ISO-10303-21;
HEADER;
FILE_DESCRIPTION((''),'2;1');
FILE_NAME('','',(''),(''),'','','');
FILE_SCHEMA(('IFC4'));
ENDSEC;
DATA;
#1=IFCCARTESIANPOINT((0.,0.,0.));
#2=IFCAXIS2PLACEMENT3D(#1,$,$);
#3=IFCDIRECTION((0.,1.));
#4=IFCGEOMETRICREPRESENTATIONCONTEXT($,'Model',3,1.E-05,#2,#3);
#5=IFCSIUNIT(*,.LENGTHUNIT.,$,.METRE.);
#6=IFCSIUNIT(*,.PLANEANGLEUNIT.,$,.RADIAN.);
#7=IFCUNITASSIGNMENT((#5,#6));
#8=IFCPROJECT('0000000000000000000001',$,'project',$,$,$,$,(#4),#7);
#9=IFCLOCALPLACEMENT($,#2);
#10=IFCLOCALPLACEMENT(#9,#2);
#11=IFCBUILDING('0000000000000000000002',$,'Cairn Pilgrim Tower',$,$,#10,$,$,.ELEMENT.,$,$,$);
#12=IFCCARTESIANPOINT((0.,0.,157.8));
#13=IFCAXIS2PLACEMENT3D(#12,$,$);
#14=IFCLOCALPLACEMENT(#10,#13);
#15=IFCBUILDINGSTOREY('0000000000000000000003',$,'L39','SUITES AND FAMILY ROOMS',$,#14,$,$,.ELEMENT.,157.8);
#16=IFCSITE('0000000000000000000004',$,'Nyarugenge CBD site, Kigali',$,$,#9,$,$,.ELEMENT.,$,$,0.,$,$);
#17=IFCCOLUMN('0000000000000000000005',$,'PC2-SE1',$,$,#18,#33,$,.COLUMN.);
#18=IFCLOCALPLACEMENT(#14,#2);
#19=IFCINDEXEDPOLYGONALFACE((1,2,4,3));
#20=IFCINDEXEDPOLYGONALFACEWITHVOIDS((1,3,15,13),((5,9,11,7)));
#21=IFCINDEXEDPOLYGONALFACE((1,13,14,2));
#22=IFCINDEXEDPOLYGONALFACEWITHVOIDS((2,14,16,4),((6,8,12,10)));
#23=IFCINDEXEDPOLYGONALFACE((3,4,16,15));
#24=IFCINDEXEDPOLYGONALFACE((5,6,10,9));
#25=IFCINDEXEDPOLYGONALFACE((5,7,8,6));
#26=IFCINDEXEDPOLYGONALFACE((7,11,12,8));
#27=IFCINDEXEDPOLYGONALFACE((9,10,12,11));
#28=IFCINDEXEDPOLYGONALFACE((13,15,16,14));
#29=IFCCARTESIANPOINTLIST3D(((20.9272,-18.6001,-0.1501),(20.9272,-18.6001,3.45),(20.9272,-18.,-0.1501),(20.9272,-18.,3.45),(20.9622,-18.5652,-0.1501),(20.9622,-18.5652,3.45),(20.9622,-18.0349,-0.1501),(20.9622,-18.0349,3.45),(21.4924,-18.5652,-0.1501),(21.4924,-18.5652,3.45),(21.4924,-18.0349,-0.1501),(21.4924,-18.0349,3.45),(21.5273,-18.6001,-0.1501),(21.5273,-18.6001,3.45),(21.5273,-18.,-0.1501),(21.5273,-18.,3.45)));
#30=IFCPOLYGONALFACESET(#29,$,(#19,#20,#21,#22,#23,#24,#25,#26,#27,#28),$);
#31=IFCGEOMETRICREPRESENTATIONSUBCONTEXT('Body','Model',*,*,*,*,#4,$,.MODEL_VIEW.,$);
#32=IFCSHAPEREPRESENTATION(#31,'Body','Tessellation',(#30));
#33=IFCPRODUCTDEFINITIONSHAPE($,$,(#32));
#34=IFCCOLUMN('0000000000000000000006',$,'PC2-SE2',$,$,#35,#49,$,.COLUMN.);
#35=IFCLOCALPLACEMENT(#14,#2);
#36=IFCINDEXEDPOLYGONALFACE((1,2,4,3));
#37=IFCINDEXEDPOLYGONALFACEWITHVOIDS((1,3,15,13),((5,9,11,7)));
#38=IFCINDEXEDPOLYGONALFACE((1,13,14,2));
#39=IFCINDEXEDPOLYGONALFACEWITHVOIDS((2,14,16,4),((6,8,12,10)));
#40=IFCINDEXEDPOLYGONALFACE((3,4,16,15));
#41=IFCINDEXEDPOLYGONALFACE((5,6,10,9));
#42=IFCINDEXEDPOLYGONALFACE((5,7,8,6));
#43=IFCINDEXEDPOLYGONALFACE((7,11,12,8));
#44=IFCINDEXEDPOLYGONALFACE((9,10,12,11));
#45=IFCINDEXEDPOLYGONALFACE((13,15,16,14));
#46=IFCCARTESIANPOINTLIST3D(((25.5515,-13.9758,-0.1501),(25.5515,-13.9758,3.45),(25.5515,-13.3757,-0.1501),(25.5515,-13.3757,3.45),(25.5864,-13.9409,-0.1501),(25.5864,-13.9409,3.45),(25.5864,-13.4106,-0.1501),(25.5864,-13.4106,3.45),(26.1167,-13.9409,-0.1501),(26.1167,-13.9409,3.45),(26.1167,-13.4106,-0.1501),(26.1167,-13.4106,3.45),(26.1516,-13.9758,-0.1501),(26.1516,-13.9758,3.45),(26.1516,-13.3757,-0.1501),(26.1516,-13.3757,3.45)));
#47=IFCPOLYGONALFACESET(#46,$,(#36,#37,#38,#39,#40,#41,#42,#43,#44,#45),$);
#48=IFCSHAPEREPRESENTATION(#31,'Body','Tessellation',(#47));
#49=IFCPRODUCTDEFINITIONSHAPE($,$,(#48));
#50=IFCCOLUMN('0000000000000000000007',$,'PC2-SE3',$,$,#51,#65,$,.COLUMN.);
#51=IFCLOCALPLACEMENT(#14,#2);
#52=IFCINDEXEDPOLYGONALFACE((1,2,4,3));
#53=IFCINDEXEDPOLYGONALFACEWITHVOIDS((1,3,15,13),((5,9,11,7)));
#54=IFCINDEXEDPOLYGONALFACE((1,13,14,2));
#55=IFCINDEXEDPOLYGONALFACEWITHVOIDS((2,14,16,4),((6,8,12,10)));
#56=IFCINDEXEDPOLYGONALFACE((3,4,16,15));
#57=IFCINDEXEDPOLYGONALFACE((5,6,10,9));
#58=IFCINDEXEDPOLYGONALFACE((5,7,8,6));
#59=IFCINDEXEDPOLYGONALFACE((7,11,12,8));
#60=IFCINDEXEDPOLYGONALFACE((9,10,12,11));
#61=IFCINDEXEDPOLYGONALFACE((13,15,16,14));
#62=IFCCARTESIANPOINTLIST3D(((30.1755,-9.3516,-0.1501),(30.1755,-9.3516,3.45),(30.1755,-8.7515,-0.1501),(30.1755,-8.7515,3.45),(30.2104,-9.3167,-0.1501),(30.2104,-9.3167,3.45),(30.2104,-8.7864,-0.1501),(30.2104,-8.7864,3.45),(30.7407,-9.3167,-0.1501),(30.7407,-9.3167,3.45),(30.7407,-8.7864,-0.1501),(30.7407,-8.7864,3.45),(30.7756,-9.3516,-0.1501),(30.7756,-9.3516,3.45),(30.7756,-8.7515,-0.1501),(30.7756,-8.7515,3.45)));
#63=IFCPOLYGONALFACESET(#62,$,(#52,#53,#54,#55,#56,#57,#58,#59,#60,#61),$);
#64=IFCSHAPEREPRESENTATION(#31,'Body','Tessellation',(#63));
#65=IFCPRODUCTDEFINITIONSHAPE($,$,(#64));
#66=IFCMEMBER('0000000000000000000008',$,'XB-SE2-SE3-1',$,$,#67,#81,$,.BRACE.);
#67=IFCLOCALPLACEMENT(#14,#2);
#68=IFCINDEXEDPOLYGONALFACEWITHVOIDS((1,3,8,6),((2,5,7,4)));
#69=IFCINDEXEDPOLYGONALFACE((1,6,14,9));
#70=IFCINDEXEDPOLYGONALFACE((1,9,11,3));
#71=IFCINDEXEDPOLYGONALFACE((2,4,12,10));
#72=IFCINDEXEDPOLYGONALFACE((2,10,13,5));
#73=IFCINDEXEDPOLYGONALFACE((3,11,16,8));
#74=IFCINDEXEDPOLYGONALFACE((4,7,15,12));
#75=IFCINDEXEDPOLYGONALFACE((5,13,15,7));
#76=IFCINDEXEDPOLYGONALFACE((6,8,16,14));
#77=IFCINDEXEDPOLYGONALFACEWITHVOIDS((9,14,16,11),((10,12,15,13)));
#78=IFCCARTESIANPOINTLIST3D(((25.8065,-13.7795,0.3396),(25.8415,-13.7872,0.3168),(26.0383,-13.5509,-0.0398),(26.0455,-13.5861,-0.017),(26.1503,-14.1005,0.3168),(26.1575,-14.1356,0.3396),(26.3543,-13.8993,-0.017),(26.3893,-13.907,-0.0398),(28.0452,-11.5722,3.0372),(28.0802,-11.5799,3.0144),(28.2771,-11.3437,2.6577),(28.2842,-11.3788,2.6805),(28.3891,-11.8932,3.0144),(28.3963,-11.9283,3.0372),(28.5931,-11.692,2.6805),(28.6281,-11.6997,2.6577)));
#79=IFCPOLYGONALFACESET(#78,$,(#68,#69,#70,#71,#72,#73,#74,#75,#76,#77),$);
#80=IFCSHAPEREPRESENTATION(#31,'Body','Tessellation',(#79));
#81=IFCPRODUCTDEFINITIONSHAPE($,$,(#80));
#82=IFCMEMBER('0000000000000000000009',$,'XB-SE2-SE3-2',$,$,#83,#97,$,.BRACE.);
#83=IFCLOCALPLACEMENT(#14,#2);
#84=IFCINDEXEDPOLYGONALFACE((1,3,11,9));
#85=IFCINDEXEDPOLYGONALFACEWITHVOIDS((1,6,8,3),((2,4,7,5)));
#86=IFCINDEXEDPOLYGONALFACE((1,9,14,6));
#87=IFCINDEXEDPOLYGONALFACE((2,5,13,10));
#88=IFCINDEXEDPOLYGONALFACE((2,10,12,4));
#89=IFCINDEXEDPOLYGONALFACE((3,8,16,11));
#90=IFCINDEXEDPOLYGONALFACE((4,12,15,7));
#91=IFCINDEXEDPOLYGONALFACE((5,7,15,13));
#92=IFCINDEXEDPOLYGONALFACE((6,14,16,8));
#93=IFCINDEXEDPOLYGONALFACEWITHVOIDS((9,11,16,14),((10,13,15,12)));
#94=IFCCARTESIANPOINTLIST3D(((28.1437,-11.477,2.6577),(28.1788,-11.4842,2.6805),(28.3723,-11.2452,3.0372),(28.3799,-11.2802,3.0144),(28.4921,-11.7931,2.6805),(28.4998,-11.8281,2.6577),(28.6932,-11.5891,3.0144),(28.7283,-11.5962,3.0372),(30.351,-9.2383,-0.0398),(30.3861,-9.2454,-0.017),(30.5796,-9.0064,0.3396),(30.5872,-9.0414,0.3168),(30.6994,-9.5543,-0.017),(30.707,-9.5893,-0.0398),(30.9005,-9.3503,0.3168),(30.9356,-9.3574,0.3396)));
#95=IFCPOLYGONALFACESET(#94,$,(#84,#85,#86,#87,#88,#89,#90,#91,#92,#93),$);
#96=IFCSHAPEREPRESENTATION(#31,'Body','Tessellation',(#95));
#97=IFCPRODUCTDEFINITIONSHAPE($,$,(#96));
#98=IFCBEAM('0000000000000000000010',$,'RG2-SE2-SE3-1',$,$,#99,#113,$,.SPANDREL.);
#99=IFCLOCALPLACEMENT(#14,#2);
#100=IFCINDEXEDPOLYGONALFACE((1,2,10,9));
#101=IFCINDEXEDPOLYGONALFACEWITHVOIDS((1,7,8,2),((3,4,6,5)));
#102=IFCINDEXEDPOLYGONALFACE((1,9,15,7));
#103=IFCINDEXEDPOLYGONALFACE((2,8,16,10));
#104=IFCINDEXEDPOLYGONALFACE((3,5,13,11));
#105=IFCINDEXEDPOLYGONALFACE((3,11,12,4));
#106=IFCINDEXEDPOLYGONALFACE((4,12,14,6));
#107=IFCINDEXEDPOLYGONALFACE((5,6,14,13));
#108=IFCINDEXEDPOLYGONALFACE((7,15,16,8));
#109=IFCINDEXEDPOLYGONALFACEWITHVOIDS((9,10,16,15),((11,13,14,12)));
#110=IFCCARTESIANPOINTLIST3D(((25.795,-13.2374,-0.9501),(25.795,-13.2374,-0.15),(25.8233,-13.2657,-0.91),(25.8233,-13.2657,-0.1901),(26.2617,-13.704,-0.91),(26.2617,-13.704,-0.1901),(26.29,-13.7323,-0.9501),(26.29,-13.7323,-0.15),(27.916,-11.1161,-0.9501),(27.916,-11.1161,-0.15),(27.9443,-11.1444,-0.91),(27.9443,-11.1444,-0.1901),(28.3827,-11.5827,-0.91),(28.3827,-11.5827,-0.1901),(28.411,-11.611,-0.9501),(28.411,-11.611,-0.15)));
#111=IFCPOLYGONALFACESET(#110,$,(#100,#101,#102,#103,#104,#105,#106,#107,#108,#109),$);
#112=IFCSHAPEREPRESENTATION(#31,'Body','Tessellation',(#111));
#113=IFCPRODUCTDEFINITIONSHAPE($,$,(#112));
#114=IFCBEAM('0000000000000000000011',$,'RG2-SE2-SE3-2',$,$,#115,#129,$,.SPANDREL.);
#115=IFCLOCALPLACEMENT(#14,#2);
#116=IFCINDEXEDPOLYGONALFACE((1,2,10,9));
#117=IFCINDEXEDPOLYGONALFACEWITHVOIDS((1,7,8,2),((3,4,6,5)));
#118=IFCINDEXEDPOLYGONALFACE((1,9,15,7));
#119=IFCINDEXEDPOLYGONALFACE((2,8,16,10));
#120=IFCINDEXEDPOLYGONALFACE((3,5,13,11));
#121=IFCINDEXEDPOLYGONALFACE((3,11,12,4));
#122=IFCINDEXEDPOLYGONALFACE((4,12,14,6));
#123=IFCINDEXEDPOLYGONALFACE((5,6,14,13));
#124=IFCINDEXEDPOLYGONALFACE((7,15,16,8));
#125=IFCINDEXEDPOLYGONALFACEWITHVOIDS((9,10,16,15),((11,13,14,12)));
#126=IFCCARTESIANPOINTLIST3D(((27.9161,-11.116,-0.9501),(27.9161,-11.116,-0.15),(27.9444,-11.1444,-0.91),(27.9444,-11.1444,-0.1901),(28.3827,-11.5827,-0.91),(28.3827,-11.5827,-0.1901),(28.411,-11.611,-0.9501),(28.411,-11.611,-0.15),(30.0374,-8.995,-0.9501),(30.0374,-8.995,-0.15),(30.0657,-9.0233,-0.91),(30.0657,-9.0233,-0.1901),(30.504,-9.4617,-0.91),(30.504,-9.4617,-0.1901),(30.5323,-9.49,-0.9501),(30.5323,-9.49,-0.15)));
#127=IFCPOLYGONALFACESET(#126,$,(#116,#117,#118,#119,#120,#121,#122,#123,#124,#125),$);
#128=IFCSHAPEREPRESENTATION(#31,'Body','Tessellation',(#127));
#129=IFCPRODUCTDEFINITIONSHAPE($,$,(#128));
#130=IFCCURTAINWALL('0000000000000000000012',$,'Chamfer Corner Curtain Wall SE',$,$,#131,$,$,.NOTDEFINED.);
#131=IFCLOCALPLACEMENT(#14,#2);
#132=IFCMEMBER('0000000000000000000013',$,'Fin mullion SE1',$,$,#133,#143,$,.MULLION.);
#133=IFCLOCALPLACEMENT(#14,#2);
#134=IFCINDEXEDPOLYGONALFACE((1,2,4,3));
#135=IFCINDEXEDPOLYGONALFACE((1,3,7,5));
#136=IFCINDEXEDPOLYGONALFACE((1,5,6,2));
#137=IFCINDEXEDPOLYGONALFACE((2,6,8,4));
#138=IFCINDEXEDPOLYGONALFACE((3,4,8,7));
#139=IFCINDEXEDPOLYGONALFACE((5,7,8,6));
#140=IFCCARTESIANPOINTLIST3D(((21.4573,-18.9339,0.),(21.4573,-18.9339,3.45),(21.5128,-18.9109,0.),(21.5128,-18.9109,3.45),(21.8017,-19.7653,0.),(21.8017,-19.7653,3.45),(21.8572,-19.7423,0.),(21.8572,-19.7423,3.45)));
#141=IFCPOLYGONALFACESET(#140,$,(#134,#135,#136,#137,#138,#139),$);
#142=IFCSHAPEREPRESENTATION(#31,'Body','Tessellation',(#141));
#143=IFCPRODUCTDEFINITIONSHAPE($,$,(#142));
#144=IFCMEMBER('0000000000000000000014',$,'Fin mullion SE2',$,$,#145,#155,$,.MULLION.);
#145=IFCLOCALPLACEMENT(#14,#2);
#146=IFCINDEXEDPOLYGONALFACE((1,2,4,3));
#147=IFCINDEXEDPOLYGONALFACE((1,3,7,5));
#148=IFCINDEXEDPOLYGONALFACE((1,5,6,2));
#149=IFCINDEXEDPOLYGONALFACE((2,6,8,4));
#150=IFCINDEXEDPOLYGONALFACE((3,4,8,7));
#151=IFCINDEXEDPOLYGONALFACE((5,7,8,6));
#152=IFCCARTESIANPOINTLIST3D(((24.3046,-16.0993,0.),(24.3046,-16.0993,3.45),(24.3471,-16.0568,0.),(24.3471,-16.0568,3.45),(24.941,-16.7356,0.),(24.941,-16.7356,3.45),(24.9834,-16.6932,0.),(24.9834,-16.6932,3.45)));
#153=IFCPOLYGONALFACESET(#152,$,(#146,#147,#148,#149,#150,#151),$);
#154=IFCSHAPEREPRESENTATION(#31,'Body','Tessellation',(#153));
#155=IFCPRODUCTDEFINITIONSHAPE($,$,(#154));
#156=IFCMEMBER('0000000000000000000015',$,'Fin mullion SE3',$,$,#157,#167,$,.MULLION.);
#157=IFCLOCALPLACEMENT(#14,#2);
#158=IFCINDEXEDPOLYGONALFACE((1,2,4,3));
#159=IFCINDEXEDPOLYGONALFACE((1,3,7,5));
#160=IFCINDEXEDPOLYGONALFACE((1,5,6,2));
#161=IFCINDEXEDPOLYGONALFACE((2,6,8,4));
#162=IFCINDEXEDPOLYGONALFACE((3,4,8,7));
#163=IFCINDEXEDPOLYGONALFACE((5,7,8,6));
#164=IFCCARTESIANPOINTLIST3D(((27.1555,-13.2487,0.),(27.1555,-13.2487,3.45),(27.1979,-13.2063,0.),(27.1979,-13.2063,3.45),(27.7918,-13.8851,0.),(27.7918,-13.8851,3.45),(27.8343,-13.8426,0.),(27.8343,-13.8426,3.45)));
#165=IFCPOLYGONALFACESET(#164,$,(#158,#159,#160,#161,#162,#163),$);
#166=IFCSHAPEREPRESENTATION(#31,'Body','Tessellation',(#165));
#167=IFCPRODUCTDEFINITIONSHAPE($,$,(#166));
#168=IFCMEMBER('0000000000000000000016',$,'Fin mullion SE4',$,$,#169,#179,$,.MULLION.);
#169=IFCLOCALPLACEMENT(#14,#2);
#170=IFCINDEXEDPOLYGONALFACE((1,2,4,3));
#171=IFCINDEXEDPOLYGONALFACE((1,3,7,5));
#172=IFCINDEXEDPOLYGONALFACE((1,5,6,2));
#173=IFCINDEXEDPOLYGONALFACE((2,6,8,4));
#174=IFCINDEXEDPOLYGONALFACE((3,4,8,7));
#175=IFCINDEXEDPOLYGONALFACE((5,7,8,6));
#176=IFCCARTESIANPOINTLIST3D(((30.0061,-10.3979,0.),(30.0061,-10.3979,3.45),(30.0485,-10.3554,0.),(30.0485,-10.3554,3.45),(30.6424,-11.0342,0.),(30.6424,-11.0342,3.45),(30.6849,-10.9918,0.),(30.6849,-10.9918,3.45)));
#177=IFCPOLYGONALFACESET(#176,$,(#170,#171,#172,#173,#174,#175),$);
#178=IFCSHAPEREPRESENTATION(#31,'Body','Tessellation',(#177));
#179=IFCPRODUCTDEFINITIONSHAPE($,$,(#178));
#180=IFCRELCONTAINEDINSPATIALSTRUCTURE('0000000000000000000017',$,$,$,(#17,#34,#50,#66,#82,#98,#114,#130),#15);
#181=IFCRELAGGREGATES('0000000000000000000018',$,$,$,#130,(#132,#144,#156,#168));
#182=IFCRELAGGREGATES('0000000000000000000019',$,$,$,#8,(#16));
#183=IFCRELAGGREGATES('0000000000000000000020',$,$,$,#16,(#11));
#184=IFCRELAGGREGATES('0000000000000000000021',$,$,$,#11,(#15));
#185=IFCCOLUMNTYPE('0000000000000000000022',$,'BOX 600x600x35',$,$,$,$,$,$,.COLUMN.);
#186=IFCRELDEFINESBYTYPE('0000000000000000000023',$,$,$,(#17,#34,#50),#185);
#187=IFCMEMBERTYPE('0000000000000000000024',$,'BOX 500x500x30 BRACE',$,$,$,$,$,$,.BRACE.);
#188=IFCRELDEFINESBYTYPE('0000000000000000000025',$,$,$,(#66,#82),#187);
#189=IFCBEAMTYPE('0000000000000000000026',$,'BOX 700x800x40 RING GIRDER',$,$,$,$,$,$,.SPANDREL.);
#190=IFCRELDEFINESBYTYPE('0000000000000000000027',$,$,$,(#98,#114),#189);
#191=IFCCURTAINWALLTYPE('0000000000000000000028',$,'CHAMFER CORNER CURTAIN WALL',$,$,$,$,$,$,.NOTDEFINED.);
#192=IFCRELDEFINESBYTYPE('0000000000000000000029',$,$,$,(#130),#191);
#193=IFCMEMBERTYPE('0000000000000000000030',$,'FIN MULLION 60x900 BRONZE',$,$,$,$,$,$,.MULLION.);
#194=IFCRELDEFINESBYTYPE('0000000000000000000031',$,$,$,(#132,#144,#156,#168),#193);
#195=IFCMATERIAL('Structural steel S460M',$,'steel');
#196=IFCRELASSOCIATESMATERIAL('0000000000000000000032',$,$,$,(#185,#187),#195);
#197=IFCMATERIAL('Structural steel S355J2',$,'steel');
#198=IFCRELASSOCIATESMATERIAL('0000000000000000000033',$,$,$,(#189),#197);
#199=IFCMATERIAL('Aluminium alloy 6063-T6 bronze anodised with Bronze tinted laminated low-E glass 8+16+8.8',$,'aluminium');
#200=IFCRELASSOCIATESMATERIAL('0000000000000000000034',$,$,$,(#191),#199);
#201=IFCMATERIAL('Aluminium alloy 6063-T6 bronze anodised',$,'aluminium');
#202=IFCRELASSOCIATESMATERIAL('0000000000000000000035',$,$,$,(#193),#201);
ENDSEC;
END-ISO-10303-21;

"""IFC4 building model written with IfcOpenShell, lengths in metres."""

from ifc_helpers import new_model, si_unit, direction, frame, origin, origin_2d, place, context, subcontext, project, spatial, rectangle, hollow_rectangle, extrude, material, material_profile, profile_set, type_object, element, aggregate, save


model = new_model("IFC4")

# Units and contexts
model_context = context("Model", 3, precision=1e-05, world=origin(), true_north=direction((0.0, 1.0)))
body_context = subcontext(model_context, "Body", "Model", "MODEL_VIEW")
ifc_project = project(units=[si_unit("LENGTHUNIT", "METRE"), si_unit("PLANEANGLEUNIT", "RADIAN")], contexts=[model_context])

# Site, building, storey
site_placement = place(None, origin())
site = spatial("IfcSite", under=ifc_project, at=site_placement, Name="Nyarugenge CBD site, Kigali", CompositionType="ELEMENT", RefElevation=0.0)
building_placement = place(site_placement, origin())
building = spatial("IfcBuilding", under=site, at=building_placement, Name="Cairn Pilgrim Tower", CompositionType="ELEMENT")
storey_placement = place(building_placement, frame((0.0, 0.0, 157.8)))
storey = spatial("IfcBuildingStorey", under=building, at=storey_placement, Name="L39", Description="SUITES AND FAMILY ROOMS", CompositionType="ELEMENT", Elevation=157.8)

# Columns
ifc_material_1 = material(Name="Structural steel S460M", Category="steel")
ifc_material_profile_1 = material_profile(ifc_material_1, hollow_rectangle(XDim=0.6001, YDim=0.6001, WallThickness=0.0349, at=origin_2d()), Name="BOX 600x600x35")
ifc_profile_set_1 = profile_set([ifc_material_profile_1], Name="Structural steel S460M")
column_type = type_object("IfcColumnType", Name="BOX 600x600x35", PredefinedType="COLUMN", material=ifc_profile_set_1)
for number, where, z_axis, x_axis, name in (
    (1, (21.2273, -18.3, -0.1501), (0.0, 0.0, 1.0), (1.0, 0.0, 0.0), "PC2-SE1"),
    (2, (25.8516, -13.6758, -0.1501), (0.0, 0.0, 1.0), (1.0, 0.0, 0.0), "PC2-SE2"),
    (3, (30.4756, -9.0515, -0.1501), (0.0, 0.0, 1.0), (1.0, 0.0, 0.0), "PC2-SE3"),
):
    element("IfcColumn", number, at=place(storey_placement, frame(where, z_axis=z_axis, x_axis=x_axis)), inside=storey, type_object=column_type, Name=name, PredefinedType="COLUMN", context=body_context, shape_type="SweptSolid", body=[
        extrude(hollow_rectangle(XDim=0.6001, YDim=0.6001, WallThickness=0.0349, at=origin_2d()), origin(), (0.0, 0.0, 1.0), 3.6001),
    ])

# Members
ifc_material_profile_2 = material_profile(ifc_material_1, hollow_rectangle(XDim=0.5, YDim=0.5, WallThickness=0.03, at=origin_2d()), Name="BOX 500x500x30")
ifc_profile_set_2 = profile_set([ifc_material_profile_2], Name="Structural steel S460M")
member_type_1 = type_object("IfcMemberType", Name="BOX 500x500x30 BRACE", PredefinedType="BRACE", material=ifc_profile_set_2)
for number, where, z_axis, x_axis, name in (
    (4, (26.0979, -13.8433, 0.1499), (0.540433, 0.53283, 0.651171), (-0.70208, 0.712098, 0.0), "XB-SE2-SE3-1"),
    (5, (30.6433, -9.2979, 0.1499), (-0.53283, -0.540433, 0.651171), (0.712098, -0.70208, 0.0), "XB-SE2-SE3-2"),
):
    element("IfcMember", number, at=place(storey_placement, frame(where, z_axis=z_axis, x_axis=x_axis)), inside=storey, type_object=member_type_1, Name=name, PredefinedType="BRACE", context=body_context, shape_type="SweptSolid", body=[
        extrude(hollow_rectangle(XDim=0.5, YDim=0.5, WallThickness=0.03, at=origin_2d()), origin(), (0.0, 0.0, 1.0), 4.1426),
    ])

# Beams
ifc_material_2 = material(Name="Structural steel S355J2", Category="steel")
ifc_material_profile_3 = material_profile(ifc_material_2, hollow_rectangle(XDim=0.7, YDim=0.8, WallThickness=0.04, at=origin_2d()), Name="BOX 700x800x40")
ifc_profile_set_3 = profile_set([ifc_material_profile_3], Name="Structural steel S355J2")
beam_type_1 = type_object("IfcBeamType", Name="BOX 700x800x40 RING GIRDER", PredefinedType="SPANDREL", material=ifc_profile_set_3)
for number, where, z_axis, x_axis, name in (
    (6, (26.0425, -13.4849, -0.55), (0.707066, 0.707147, 0.0), (-0.707147, 0.707066, 0.0), "RG2-SE2-SE3-1"),
    (7, (28.1636, -11.3635, -0.55), (0.707147, 0.707066, 0.0), (-0.707066, 0.707147, 0.0), "RG2-SE2-SE3-2"),
):
    element("IfcBeam", number, at=place(storey_placement, frame(where, z_axis=z_axis, x_axis=x_axis)), inside=storey, type_object=beam_type_1, Name=name, PredefinedType="SPANDREL", context=body_context, shape_type="SweptSolid", body=[
        extrude(hollow_rectangle(XDim=0.7, YDim=0.8, WallThickness=0.04, at=origin_2d()), origin(), (0.0, 0.0, 1.0), 2.9998),
    ])

# Curtain wall, members
ifc_material_3 = material(Name="Aluminium alloy 6063-T6 bronze anodised with Bronze tinted laminated low-E glass 8+16+8.8", Category="aluminium")
curtain_wall_type = type_object("IfcCurtainWallType", Name="CHAMFER CORNER CURTAIN WALL", PredefinedType="NOTDEFINED", material=ifc_material_3)
curtain_wall_placement = place(storey_placement, origin())
curtain_wall = element("IfcCurtainWall", 8, at=curtain_wall_placement, inside=storey, type_object=curtain_wall_type, Name="Chamfer Corner Curtain Wall SE", PredefinedType="NOTDEFINED")
ifc_material_4 = material(Name="Aluminium alloy 6063-T6 bronze anodised", Category="aluminium")
ifc_material_profile_4 = material_profile(ifc_material_4, rectangle(XDim=0.8999, YDim=0.0601, at=origin_2d()), Name="FIN MULLION 60x900 BRONZE")
ifc_profile_set_4 = profile_set([ifc_material_profile_4], Name="Aluminium alloy 6063-T6 bronze anodised")
member_type_2 = type_object("IfcMemberType", Name="FIN MULLION 60x900 BRONZE", PredefinedType="MULLION", material=ifc_profile_set_4)
member_1_placement = place(storey_placement, frame((21.6572, -19.3381, 0.0), z_axis=(0.0, 0.0, 1.0), x_axis=(0.382683, -0.92388, 0.0)))
member_1 = element("IfcMember", 9, at=member_1_placement, type_object=member_type_2, Name="Fin mullion SE1", PredefinedType="MULLION", context=body_context, shape_type="SweptSolid", body=[
    extrude(rectangle(XDim=0.8999, YDim=0.0601, at=origin_2d()), origin(), (0.0, 0.0, 1.0), 3.45),
])
member_2_placement = place(storey_placement, frame((24.644, -16.3962, 0.0), z_axis=(0.0, 0.0, 1.0), x_axis=(0.707107, -0.707107, 0.0)))
member_2 = element("IfcMember", 10, at=member_2_placement, type_object=member_type_2, Name="Fin mullion SE2", PredefinedType="MULLION", context=body_context, shape_type="SweptSolid", body=[
    extrude(rectangle(XDim=0.8999, YDim=0.0601, at=origin_2d()), origin(), (0.0, 0.0, 1.0), 3.45),
])
member_3_placement = place(storey_placement, frame((27.4949, -13.5457, 0.0), z_axis=(0.0, 0.0, 1.0), x_axis=(0.707107, -0.707107, 0.0)))
member_3 = element("IfcMember", 11, at=member_3_placement, type_object=member_type_2, Name="Fin mullion SE3", PredefinedType="MULLION", context=body_context, shape_type="SweptSolid", body=[
    extrude(rectangle(XDim=0.8999, YDim=0.0601, at=origin_2d()), origin(), (0.0, 0.0, 1.0), 3.45),
])
member_4_placement = place(storey_placement, frame((30.3455, -10.6948, 0.0), z_axis=(0.0, 0.0, 1.0), x_axis=(0.707107, -0.707107, 0.0)))
member_4 = element("IfcMember", 12, at=member_4_placement, type_object=member_type_2, Name="Fin mullion SE4", PredefinedType="MULLION", context=body_context, shape_type="SweptSolid", body=[
    extrude(rectangle(XDim=0.8999, YDim=0.0601, at=origin_2d()), origin(), (0.0, 0.0, 1.0), 3.45),
])

aggregate(curtain_wall, [member_1, member_2, member_3, member_4])

save(model, "model.ifc")
